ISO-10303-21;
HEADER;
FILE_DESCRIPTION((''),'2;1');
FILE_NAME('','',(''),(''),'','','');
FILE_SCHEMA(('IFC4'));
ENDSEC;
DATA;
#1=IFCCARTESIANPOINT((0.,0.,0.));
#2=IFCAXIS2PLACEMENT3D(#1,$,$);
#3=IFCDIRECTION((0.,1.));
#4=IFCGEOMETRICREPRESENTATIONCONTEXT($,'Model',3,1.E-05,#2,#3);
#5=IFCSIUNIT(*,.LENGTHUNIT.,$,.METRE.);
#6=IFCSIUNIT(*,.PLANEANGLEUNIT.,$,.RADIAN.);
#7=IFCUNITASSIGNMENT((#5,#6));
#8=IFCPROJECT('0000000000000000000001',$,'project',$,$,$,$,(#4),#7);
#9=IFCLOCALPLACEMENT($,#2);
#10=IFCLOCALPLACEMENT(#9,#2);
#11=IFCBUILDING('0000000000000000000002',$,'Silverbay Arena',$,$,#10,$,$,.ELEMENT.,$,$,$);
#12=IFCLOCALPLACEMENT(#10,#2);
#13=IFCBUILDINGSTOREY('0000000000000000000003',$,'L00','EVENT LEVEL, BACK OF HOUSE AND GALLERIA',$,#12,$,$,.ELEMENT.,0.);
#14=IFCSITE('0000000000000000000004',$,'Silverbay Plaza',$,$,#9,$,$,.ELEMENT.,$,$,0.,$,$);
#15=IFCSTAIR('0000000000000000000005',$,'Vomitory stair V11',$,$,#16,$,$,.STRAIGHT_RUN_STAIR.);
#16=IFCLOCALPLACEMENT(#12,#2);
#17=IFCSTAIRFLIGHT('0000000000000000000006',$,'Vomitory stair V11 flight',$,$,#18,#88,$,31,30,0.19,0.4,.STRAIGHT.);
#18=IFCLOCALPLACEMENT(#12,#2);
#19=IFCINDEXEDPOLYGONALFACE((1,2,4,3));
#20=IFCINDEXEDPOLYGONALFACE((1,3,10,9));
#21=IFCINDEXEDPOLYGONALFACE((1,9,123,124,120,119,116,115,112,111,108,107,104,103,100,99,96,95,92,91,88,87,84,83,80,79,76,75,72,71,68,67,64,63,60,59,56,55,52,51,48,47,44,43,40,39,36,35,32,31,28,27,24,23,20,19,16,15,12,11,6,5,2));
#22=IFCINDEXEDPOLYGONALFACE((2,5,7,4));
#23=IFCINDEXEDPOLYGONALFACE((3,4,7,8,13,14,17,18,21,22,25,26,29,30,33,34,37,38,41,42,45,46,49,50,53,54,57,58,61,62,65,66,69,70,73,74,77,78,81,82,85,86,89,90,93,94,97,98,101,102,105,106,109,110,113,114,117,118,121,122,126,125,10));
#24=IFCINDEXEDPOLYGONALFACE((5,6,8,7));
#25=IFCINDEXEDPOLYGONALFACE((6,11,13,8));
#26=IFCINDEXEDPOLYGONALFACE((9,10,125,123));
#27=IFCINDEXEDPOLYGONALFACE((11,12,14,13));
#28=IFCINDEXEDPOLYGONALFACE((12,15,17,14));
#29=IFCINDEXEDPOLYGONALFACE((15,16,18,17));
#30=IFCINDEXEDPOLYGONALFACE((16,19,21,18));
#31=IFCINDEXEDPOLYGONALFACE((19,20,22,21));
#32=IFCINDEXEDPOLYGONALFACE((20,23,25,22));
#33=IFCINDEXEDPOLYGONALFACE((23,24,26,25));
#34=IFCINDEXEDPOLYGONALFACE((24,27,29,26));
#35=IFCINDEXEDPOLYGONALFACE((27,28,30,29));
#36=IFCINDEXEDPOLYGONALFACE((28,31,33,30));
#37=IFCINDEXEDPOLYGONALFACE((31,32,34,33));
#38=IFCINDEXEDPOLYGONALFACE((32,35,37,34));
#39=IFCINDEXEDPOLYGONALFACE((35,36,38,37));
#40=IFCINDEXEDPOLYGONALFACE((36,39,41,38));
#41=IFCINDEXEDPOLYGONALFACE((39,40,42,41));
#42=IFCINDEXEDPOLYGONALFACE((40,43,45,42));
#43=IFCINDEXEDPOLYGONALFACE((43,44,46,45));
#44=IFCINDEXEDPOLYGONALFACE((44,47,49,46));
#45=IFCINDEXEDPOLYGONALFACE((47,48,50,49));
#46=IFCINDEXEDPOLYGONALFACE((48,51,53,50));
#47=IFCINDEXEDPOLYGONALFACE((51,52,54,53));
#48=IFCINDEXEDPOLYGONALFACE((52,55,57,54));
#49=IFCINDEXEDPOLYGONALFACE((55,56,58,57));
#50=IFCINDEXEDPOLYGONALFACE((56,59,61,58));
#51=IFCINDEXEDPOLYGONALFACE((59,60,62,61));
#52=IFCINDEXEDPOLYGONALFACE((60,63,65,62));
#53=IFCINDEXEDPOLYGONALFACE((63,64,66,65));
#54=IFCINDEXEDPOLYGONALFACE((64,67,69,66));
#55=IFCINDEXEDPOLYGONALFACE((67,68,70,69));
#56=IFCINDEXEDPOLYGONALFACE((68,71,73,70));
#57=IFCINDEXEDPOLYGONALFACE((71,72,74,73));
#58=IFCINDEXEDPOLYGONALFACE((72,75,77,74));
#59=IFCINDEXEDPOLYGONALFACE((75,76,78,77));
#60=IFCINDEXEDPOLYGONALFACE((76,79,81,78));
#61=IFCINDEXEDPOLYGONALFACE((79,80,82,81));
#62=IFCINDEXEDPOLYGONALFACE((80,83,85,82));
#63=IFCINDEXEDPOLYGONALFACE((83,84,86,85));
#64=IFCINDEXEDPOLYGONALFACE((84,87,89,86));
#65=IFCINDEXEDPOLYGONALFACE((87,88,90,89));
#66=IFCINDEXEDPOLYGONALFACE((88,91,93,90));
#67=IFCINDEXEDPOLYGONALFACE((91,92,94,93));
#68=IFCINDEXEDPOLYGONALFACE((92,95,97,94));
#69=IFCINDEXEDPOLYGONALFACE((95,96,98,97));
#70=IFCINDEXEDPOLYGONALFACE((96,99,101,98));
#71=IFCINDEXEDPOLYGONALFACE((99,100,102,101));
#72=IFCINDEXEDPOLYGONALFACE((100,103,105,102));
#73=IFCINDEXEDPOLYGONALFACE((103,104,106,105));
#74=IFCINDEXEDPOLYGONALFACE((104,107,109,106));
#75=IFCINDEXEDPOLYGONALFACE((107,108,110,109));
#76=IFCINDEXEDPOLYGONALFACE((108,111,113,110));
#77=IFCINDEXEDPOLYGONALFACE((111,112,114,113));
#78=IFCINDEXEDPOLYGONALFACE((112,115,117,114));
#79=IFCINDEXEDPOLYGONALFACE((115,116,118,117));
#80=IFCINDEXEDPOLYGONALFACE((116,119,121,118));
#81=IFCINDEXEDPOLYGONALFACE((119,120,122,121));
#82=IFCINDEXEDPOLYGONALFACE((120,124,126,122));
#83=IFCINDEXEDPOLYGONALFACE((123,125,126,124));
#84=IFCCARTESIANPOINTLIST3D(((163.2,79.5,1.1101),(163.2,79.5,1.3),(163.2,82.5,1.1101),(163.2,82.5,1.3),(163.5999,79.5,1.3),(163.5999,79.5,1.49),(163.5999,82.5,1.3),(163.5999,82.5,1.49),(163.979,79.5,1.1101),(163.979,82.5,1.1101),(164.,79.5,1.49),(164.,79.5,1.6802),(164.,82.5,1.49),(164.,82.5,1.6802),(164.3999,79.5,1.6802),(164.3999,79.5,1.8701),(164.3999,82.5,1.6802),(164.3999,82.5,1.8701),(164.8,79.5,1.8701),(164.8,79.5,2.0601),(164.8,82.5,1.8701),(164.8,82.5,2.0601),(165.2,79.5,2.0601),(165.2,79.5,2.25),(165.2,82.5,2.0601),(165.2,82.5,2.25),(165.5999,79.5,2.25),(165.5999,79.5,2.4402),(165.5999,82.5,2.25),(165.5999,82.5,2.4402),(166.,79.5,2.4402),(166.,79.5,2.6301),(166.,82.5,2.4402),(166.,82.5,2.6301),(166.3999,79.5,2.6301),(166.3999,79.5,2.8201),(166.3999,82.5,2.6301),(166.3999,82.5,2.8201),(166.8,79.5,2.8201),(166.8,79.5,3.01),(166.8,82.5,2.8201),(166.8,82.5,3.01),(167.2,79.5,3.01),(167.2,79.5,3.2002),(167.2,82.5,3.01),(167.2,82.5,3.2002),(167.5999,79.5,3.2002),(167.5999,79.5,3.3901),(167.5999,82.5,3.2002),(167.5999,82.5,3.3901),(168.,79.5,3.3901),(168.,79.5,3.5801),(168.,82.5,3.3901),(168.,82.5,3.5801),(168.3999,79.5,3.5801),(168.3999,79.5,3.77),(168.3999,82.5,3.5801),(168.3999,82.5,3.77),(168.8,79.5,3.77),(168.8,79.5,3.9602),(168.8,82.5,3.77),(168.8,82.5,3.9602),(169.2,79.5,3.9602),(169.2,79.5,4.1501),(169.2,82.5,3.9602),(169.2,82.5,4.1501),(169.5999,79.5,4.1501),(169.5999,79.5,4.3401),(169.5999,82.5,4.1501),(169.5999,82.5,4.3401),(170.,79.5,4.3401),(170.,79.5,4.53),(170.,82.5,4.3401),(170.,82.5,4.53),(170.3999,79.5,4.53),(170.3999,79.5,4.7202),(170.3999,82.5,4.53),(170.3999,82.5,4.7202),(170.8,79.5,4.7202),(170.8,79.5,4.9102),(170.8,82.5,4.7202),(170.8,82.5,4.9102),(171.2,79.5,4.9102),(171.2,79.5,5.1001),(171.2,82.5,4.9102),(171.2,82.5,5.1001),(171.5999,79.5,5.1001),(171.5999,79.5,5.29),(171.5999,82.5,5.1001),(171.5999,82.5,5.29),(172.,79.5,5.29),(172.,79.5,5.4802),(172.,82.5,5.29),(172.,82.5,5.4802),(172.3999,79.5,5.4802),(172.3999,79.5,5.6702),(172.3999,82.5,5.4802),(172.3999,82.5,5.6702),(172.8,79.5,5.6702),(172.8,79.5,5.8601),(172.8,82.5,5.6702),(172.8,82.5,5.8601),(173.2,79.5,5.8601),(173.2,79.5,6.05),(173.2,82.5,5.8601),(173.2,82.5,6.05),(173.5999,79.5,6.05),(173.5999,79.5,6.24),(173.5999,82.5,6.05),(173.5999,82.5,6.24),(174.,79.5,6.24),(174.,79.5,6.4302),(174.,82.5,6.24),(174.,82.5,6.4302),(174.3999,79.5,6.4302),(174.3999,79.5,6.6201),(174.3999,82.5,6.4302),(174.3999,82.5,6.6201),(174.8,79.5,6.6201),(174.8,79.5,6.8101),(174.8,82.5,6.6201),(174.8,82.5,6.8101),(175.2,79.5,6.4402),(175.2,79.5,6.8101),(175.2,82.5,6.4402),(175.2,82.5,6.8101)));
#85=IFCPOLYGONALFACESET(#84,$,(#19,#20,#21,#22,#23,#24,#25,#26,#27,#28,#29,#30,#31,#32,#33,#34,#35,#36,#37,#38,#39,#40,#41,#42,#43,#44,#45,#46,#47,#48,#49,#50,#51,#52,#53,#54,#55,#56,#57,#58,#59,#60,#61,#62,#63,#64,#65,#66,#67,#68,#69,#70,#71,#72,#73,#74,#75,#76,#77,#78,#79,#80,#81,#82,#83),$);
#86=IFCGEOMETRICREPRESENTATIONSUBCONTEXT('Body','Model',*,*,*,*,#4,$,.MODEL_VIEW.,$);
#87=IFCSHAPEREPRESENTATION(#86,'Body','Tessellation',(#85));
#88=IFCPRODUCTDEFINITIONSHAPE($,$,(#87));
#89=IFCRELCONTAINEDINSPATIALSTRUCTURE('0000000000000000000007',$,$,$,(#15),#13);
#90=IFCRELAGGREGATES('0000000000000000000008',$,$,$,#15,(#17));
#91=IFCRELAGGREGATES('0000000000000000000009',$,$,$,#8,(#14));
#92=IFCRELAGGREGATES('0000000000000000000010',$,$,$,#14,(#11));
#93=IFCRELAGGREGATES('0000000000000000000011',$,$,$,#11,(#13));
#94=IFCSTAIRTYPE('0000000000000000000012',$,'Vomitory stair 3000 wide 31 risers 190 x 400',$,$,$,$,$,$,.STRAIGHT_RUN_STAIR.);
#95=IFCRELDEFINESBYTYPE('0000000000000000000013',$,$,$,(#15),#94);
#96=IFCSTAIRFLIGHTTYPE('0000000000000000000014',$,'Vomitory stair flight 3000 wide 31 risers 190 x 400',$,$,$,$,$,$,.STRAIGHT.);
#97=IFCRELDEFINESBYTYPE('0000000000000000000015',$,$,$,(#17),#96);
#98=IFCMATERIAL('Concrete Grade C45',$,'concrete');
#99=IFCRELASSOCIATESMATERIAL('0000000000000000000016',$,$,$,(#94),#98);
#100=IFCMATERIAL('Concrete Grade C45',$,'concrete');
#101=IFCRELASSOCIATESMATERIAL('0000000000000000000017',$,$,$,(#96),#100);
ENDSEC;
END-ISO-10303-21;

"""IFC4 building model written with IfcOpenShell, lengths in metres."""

from ifc_helpers import new_model, si_unit, direction, frame, origin, place, context, subcontext, project, spatial, polyline, outline, extrude, material, type_object, element, aggregate, save


model = new_model("IFC4")

# Units and contexts
model_context = context("Model", 3, precision=1e-05, world=origin(), true_north=direction((0.0, 1.0)))
body_context = subcontext(model_context, "Body", "Model", "MODEL_VIEW")
ifc_project = project(units=[si_unit("LENGTHUNIT", "METRE"), si_unit("PLANEANGLEUNIT", "RADIAN")], contexts=[model_context])

# Site, building, storey
site_placement = place(None, origin())
site = spatial("IfcSite", under=ifc_project, at=site_placement, Name="Silverbay Plaza", CompositionType="ELEMENT", RefElevation=0.0)
building_placement = place(site_placement, origin())
building = spatial("IfcBuilding", under=site, at=building_placement, Name="Silverbay Arena", CompositionType="ELEMENT")
storey_placement = place(building_placement, origin())
storey = spatial("IfcBuildingStorey", under=building, at=storey_placement, Name="L00", Description="EVENT LEVEL, BACK OF HOUSE AND GALLERIA", CompositionType="ELEMENT", Elevation=0.0)

# Stair, stair flight
ifc_material_1 = material(Name="Concrete Grade C45", Category="concrete")
stair_type = type_object("IfcStairType", Name="Vomitory stair 3000 wide 31 risers 190 x 400", PredefinedType="STRAIGHT_RUN_STAIR", material=ifc_material_1)
stair_placement = place(storey_placement, origin())
stair = element("IfcStair", 1, at=stair_placement, inside=storey, type_object=stair_type, Name="Vomitory stair V11", PredefinedType="STRAIGHT_RUN_STAIR")
ifc_material_2 = material(Name="Concrete Grade C45", Category="concrete")
stair_flight_type = type_object("IfcStairFlightType", Name="Vomitory stair flight 3000 wide 31 risers 190 x 400", PredefinedType="STRAIGHT", material=ifc_material_2)
stair_flight_placement = place(storey_placement, frame((163.2, 81.0, 1.1101), z_axis=(0.0, 0.0, 1.0), x_axis=(1.0, 0.0, 0.0)))
stair_flight = element("IfcStairFlight", 2, at=stair_flight_placement, type_object=stair_flight_type, Name="Vomitory stair V11 flight", NumberOfRisers=31, NumberOfTreads=30, PredefinedType="STRAIGHT", RiserHeight=0.19, TreadLength=0.4, context=body_context, shape_type="SweptSolid", body=[
    extrude(outline(polyline([(0.0, 0.0), (0.0, 0.1899), (0.3999, 0.1899), (0.3999, 0.3799), (0.8, 0.3799), (0.8, 0.5701), (1.2, 0.5701), (1.2, 0.76), (1.6001, 0.76), (1.6001, 0.95), (2.0, 0.95), (2.0, 1.1399), (2.3999, 1.1399), (2.3999, 1.3301), (2.8, 1.3301), (2.8, 1.52), (3.2, 1.52), (3.2, 1.71), (3.6001, 1.71), (3.6001, 1.8999), (4.0, 1.8999), (4.0, 2.0901), (4.3999, 2.0901), (4.3999, 2.28), (4.8, 2.28), (4.8, 2.47), (5.2, 2.47), (5.2, 2.6599), (5.6001, 2.6599), (5.6001, 2.8501), (6.0, 2.8501), (6.0, 3.04), (6.3999, 3.04), (6.3999, 3.23), (6.8, 3.23), (6.8, 3.4199), (7.2, 3.4199), (7.2, 3.6101), (7.6001, 3.6101), (7.6001, 3.8), (8.0, 3.8), (8.0, 3.99), (8.3999, 3.99), (8.3999, 4.1799), (8.8, 4.1799), (8.8, 4.3701), (9.2, 4.3701), (9.2, 4.5601), (9.6001, 4.5601), (9.6001, 4.75), (10.0, 4.75), (10.0, 4.9399), (10.3999, 4.9399), (10.3999, 5.1299), (10.8, 5.1299), (10.8, 5.3201), (11.2, 5.3201), (11.2, 5.51), (11.6001, 5.51), (11.6001, 5.7), (12.0, 5.7), (12.0, 5.3301), (0.7791, 0.0), (0.0, 0.0)])), frame((0.0, 1.5, 0.0), z_axis=(0.0, -1.0, 0.0), x_axis=(1.0, 0.0, 0.0)), (0.0, 0.0, 1.0), 3.0),
])
aggregate(stair, [stair_flight])

save(model, "model.ifc")
